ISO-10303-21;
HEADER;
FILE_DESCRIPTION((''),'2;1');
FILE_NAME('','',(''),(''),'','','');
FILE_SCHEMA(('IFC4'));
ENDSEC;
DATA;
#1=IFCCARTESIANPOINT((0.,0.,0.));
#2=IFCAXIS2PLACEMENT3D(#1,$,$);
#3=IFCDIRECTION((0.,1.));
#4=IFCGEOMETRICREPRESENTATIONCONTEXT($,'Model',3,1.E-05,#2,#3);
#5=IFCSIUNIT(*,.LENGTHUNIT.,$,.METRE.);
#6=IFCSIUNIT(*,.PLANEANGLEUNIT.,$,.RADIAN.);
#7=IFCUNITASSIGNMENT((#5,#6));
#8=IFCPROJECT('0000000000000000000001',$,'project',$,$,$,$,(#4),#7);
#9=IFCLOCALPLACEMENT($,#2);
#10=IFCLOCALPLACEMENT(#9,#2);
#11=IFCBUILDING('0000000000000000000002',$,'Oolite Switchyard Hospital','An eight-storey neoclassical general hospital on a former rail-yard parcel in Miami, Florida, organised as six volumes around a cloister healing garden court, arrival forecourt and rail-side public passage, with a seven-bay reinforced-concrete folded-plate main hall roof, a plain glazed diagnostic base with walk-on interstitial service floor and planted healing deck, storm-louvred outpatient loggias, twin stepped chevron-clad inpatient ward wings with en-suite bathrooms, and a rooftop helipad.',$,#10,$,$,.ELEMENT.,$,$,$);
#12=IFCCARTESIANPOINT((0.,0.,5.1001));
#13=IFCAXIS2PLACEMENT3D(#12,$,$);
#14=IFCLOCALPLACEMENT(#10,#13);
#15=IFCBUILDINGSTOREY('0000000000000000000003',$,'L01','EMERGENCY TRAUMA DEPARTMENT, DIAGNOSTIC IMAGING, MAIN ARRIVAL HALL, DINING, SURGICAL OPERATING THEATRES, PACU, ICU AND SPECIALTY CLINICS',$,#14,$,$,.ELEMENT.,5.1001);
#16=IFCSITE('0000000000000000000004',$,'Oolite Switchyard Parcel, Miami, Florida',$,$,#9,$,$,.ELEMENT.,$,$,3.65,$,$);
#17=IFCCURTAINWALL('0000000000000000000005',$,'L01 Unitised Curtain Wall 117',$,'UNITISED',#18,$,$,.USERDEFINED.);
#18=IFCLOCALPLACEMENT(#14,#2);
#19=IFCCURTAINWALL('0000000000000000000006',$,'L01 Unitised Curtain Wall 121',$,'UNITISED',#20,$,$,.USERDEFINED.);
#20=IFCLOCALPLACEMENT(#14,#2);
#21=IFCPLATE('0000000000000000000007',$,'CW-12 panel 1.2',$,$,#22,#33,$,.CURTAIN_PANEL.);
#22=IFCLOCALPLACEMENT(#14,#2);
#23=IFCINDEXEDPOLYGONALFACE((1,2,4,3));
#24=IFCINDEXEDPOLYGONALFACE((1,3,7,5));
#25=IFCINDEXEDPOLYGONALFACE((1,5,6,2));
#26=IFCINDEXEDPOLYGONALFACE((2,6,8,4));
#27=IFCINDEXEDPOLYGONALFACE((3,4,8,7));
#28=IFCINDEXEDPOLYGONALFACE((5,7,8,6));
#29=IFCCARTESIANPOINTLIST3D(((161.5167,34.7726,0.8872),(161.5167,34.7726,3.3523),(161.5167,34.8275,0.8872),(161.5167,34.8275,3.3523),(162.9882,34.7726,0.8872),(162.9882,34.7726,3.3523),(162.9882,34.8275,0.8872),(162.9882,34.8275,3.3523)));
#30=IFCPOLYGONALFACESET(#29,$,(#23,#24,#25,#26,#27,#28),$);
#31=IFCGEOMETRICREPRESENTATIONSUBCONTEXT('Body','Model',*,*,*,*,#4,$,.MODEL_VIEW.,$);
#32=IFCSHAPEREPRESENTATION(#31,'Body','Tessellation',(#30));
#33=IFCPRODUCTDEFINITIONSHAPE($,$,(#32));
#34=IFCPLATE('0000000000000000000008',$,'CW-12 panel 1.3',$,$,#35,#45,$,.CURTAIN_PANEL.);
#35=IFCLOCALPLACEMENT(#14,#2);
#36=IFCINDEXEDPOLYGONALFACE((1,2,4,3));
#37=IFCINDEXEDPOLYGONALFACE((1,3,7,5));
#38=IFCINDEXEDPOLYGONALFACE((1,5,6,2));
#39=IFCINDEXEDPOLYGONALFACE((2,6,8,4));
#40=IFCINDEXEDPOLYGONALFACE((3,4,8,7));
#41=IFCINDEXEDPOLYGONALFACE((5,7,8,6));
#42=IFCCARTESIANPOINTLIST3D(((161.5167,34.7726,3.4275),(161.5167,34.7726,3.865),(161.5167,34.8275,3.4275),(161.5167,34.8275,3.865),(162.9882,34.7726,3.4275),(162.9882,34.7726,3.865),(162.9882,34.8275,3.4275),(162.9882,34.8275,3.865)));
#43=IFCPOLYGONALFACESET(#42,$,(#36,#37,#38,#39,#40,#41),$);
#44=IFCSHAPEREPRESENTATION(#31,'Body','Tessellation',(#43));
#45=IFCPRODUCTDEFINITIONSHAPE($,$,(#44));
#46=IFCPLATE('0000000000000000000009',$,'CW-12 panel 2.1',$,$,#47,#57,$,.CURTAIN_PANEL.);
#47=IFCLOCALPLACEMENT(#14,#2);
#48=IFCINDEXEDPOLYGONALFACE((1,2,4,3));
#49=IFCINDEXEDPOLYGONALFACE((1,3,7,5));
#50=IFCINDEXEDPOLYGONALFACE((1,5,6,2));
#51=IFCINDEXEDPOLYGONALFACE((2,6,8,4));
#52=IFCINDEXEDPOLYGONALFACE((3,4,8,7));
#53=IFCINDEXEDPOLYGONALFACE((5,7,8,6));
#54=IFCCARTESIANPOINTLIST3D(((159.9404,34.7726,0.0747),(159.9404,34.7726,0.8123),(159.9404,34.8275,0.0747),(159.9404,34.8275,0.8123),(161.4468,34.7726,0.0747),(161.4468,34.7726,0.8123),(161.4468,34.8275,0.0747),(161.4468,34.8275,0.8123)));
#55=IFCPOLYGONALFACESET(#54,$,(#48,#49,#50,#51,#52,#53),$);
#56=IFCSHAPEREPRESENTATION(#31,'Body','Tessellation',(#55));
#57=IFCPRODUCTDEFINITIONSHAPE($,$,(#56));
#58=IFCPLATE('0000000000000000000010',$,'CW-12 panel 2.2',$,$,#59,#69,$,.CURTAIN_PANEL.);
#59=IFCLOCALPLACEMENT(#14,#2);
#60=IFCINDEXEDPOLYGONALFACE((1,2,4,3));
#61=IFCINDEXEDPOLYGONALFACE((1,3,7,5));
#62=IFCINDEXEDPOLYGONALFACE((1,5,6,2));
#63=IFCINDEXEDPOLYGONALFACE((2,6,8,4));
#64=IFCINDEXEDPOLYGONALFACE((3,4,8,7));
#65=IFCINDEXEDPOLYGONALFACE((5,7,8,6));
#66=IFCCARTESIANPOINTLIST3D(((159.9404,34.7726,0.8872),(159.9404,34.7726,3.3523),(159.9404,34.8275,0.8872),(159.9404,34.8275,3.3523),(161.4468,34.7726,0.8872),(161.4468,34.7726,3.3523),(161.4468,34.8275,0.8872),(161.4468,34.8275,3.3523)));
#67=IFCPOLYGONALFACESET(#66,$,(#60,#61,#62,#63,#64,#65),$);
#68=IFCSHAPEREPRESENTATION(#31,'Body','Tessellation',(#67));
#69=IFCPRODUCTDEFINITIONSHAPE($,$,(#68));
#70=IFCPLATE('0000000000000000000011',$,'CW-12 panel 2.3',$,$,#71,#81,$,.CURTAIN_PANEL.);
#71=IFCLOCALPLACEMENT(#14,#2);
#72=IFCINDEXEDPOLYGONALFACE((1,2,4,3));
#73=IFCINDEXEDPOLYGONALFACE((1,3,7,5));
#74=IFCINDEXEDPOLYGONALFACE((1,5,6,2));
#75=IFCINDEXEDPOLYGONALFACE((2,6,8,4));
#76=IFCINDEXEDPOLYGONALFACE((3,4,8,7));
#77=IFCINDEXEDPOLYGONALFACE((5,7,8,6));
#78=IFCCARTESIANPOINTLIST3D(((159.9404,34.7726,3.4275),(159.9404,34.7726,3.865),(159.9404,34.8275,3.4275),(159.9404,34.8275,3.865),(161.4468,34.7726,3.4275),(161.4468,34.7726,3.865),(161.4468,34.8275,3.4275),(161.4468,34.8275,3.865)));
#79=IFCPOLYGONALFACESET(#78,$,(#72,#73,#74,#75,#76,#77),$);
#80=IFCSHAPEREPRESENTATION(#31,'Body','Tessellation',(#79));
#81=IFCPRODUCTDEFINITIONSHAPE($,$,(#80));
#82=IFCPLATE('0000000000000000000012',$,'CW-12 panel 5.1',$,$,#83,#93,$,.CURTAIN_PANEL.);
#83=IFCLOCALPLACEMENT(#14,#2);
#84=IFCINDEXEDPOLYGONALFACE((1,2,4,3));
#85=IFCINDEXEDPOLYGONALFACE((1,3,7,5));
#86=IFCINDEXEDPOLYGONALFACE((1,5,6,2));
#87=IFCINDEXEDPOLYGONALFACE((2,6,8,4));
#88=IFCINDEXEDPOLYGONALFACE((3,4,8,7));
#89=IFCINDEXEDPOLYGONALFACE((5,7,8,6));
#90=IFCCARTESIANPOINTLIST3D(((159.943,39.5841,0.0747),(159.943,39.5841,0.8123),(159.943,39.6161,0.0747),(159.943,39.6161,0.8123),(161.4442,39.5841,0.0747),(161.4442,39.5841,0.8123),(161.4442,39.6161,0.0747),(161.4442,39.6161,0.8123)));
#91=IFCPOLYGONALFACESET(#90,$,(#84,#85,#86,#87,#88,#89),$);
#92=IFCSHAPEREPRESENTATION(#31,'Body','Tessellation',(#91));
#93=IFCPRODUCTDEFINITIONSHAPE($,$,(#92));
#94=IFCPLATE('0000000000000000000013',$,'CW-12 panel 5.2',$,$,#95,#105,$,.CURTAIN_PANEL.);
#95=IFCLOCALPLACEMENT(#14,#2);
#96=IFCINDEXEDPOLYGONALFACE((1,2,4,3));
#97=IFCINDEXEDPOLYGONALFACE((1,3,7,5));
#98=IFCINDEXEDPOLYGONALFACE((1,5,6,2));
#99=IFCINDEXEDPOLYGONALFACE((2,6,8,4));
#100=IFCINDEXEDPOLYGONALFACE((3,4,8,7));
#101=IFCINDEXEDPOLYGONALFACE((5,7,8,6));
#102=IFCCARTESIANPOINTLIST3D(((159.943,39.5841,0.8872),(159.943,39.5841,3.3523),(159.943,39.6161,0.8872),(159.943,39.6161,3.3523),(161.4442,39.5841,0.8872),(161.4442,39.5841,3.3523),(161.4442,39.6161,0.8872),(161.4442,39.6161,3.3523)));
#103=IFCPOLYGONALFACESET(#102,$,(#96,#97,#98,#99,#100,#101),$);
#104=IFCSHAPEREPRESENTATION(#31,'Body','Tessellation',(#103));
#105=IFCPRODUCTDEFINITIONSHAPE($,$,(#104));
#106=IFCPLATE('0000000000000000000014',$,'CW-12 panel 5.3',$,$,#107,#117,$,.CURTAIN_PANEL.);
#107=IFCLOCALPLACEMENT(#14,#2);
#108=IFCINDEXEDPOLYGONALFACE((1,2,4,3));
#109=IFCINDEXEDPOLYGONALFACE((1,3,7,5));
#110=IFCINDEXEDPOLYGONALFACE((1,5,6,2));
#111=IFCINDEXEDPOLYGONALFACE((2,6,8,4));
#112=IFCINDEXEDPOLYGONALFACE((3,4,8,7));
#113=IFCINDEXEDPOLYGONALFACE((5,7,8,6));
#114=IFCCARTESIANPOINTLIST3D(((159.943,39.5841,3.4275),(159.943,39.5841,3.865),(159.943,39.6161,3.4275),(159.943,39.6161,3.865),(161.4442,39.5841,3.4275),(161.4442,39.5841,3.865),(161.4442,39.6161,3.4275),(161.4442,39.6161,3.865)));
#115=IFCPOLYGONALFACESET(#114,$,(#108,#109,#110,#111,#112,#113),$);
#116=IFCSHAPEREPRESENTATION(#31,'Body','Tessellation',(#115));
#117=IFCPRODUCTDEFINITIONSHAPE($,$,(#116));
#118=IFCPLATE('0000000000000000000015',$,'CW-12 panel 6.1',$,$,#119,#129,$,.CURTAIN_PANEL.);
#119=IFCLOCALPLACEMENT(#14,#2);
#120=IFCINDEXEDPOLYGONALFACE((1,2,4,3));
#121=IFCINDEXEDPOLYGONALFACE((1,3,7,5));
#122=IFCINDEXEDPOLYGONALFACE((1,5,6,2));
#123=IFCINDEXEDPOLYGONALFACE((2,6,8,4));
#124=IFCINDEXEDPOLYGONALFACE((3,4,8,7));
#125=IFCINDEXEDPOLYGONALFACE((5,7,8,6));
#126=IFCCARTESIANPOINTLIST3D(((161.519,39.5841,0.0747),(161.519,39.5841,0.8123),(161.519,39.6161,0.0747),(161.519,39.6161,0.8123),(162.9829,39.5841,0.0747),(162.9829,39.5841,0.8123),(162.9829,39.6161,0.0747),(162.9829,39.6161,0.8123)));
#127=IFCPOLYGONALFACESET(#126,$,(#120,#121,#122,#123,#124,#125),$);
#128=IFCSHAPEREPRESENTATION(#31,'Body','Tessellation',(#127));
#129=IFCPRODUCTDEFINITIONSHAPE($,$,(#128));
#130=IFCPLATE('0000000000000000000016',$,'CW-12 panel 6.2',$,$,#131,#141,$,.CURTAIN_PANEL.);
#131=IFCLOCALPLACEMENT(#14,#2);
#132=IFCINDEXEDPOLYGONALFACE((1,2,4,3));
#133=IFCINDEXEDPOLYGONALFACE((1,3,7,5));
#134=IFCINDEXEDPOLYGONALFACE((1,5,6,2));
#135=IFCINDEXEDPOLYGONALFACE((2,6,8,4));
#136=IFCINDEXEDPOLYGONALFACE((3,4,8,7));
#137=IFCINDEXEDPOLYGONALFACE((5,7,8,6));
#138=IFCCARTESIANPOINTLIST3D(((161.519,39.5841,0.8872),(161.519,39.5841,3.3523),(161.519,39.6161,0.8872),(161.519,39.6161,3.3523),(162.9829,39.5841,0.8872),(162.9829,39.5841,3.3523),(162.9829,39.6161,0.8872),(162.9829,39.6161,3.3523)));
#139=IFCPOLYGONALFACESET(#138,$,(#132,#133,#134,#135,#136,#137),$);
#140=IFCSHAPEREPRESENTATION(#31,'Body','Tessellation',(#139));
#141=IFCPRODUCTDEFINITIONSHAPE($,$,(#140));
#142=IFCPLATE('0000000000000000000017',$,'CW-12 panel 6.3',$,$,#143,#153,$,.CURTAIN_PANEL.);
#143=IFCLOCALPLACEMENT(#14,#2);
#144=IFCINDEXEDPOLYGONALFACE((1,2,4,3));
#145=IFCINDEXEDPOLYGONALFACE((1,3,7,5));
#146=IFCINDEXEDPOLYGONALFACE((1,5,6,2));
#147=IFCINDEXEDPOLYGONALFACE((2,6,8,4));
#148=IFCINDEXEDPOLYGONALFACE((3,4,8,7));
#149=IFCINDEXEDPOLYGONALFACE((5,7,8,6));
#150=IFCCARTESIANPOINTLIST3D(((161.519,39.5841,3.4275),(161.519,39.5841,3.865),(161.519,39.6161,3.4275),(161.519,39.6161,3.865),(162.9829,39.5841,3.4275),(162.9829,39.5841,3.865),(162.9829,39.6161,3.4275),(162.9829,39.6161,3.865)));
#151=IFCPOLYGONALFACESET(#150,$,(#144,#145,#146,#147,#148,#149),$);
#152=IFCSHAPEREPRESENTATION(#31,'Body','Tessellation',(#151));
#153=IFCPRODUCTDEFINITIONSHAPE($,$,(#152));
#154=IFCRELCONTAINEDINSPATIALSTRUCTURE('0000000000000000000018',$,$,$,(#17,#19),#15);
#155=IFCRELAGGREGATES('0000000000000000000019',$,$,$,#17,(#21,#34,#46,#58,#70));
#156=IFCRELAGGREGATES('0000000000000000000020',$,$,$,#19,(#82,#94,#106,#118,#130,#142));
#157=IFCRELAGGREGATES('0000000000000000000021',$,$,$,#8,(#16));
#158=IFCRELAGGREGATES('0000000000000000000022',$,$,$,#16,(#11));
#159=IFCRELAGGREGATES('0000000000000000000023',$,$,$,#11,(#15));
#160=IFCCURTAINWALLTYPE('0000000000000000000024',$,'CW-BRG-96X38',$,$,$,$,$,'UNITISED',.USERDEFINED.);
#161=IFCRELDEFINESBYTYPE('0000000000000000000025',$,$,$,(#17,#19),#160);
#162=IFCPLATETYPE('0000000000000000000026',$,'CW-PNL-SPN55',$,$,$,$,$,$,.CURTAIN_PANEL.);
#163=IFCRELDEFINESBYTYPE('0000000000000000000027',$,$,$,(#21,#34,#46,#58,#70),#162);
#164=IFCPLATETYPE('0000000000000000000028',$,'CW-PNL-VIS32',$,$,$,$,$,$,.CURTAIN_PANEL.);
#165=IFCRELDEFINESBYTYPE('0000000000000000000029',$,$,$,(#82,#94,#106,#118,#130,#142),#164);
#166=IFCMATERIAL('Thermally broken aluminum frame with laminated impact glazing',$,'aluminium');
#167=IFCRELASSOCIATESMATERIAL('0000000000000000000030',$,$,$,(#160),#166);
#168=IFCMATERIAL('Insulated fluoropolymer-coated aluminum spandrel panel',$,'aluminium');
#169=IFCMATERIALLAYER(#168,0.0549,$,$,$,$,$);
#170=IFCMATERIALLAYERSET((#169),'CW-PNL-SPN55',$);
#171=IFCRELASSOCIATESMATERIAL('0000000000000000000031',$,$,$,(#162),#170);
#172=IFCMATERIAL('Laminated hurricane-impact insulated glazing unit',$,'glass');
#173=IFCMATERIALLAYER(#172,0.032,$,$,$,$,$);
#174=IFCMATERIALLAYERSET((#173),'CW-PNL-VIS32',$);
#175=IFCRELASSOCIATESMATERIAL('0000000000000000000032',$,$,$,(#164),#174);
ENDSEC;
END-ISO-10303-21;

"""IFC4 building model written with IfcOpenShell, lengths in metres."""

from ifc_helpers import new_model, si_unit, direction, frame, origin, origin_2d, place, context, subcontext, project, spatial, rectangle, extrude, material, layer, layer_set, type_object, element, aggregate, save


model = new_model("IFC4")

# Units and contexts
model_context = context("Model", 3, precision=1e-05, world=origin(), true_north=direction((0.0, 1.0)))
body_context = subcontext(model_context, "Body", "Model", "MODEL_VIEW")
ifc_project = project(units=[si_unit("LENGTHUNIT", "METRE"), si_unit("PLANEANGLEUNIT", "RADIAN")], contexts=[model_context])

# Site, building, storey
site_placement = place(None, origin())
site = spatial("IfcSite", under=ifc_project, at=site_placement, Name="Oolite Switchyard Parcel, Miami, Florida", CompositionType="ELEMENT", RefElevation=3.65)
building_placement = place(site_placement, origin())
building = spatial("IfcBuilding", under=site, at=building_placement, Name="Oolite Switchyard Hospital", Description="An eight-storey neoclassical general hospital on a former rail-yard parcel in Miami, Florida, organised as six volumes around a cloister healing garden court, arrival forecourt and rail-side public passage, with a seven-bay reinforced-concrete folded-plate main hall roof, a plain glazed diagnostic base with walk-on interstitial service floor and planted healing deck, storm-louvred outpatient loggias, twin stepped chevron-clad inpatient ward wings with en-suite bathrooms, and a rooftop helipad.", CompositionType="ELEMENT")
storey_placement = place(building_placement, frame((0.0, 0.0, 5.1001)))
storey = spatial("IfcBuildingStorey", under=building, at=storey_placement, Name="L01", Description="EMERGENCY TRAUMA DEPARTMENT, DIAGNOSTIC IMAGING, MAIN ARRIVAL HALL, DINING, SURGICAL OPERATING THEATRES, PACU, ICU AND SPECIALTY CLINICS", CompositionType="ELEMENT", Elevation=5.1001)

# Curtain walls
ifc_material_1 = material(Name="Thermally broken aluminum frame with laminated impact glazing", Category="aluminium")
curtain_wall_type = type_object("IfcCurtainWallType", Name="CW-BRG-96X38", ElementType="UNITISED", PredefinedType="USERDEFINED", material=ifc_material_1)
curtain_wall_1_placement = place(storey_placement, origin())
curtain_wall_1 = element("IfcCurtainWall", 1, at=curtain_wall_1_placement, inside=storey, type_object=curtain_wall_type, Name="L01 Unitised Curtain Wall 117", ObjectType="UNITISED", PredefinedType="USERDEFINED")
curtain_wall_2_placement = place(storey_placement, origin())
curtain_wall_2 = element("IfcCurtainWall", 2, at=curtain_wall_2_placement, inside=storey, type_object=curtain_wall_type, Name="L01 Unitised Curtain Wall 121", ObjectType="UNITISED", PredefinedType="USERDEFINED")

# Plates
ifc_material_2 = material(Name="Insulated fluoropolymer-coated aluminum spandrel panel", Category="aluminium")
ifc_layer_1 = layer(ifc_material_2, 0.0549)
ifc_layer_set_1 = layer_set([ifc_layer_1], Name="CW-PNL-SPN55")
plate_type_1 = type_object("IfcPlateType", Name="CW-PNL-SPN55", PredefinedType="CURTAIN_PANEL", material=ifc_layer_set_1)
plate_1_placement = place(storey_placement, frame((162.2524, 34.8, 0.8872), z_axis=(0.0, 0.0, 1.0), x_axis=(-1.0, 0.0, 0.0)))
plate_1 = element("IfcPlate", 3, at=plate_1_placement, type_object=plate_type_1, Name="CW-12 panel 1.2", PredefinedType="CURTAIN_PANEL", context=body_context, shape_type="SweptSolid", body=[
    extrude(rectangle(XDim=1.4714, YDim=0.0549, at=origin_2d()), origin(), (0.0, 0.0, 1.0), 2.4651),
])
plate_2_placement = place(storey_placement, frame((162.2524, 34.8, 3.4275), z_axis=(0.0, 0.0, 1.0), x_axis=(-1.0, 0.0, 0.0)))
plate_2 = element("IfcPlate", 4, at=plate_2_placement, type_object=plate_type_1, Name="CW-12 panel 1.3", PredefinedType="CURTAIN_PANEL", context=body_context, shape_type="SweptSolid", body=[
    extrude(rectangle(XDim=1.4714, YDim=0.0549, at=origin_2d()), origin(), (0.0, 0.0, 1.0), 0.4375),
])
plate_3_placement = place(storey_placement, frame((160.6936, 34.8, 0.0747), z_axis=(0.0, 0.0, 1.0), x_axis=(-1.0, 0.0, 0.0)))
plate_3 = element("IfcPlate", 5, at=plate_3_placement, type_object=plate_type_1, Name="CW-12 panel 2.1", PredefinedType="CURTAIN_PANEL", context=body_context, shape_type="SweptSolid", body=[
    extrude(rectangle(XDim=1.5063, YDim=0.0549, at=origin_2d()), origin(), (0.0, 0.0, 1.0), 0.7375),
])
plate_4_placement = place(storey_placement, frame((160.6936, 34.8, 0.8872), z_axis=(0.0, 0.0, 1.0), x_axis=(-1.0, 0.0, 0.0)))
plate_4 = element("IfcPlate", 6, at=plate_4_placement, type_object=plate_type_1, Name="CW-12 panel 2.2", PredefinedType="CURTAIN_PANEL", context=body_context, shape_type="SweptSolid", body=[
    extrude(rectangle(XDim=1.5063, YDim=0.0549, at=origin_2d()), origin(), (0.0, 0.0, 1.0), 2.4651),
])
plate_5_placement = place(storey_placement, frame((160.6936, 34.8, 3.4275), z_axis=(0.0, 0.0, 1.0), x_axis=(-1.0, 0.0, 0.0)))
plate_5 = element("IfcPlate", 7, at=plate_5_placement, type_object=plate_type_1, Name="CW-12 panel 2.3", PredefinedType="CURTAIN_PANEL", context=body_context, shape_type="SweptSolid", body=[
    extrude(rectangle(XDim=1.5063, YDim=0.0549, at=origin_2d()), origin(), (0.0, 0.0, 1.0), 0.4375),
])
aggregate(curtain_wall_1, [plate_1, plate_2, plate_3, plate_4, plate_5])
ifc_material_3 = material(Name="Laminated hurricane-impact insulated glazing unit", Category="glass")
ifc_layer_2 = layer(ifc_material_3, 0.032)
ifc_layer_set_2 = layer_set([ifc_layer_2], Name="CW-PNL-VIS32")
plate_type_2 = type_object("IfcPlateType", Name="CW-PNL-VIS32", PredefinedType="CURTAIN_PANEL", material=ifc_layer_set_2)
plate_6_placement = place(storey_placement, frame((160.6936, 39.6001, 0.0747), z_axis=(0.0, 0.0, 1.0), x_axis=(1.0, 0.0, 0.0)))
plate_6 = element("IfcPlate", 8, at=plate_6_placement, type_object=plate_type_2, Name="CW-12 panel 5.1", PredefinedType="CURTAIN_PANEL", context=body_context, shape_type="SweptSolid", body=[
    extrude(rectangle(XDim=1.5012, YDim=0.032, at=origin_2d()), origin(), (0.0, 0.0, 1.0), 0.7375),
])
plate_7_placement = place(storey_placement, frame((160.6936, 39.6001, 0.8872), z_axis=(0.0, 0.0, 1.0), x_axis=(1.0, 0.0, 0.0)))
plate_7 = element("IfcPlate", 9, at=plate_7_placement, type_object=plate_type_2, Name="CW-12 panel 5.2", PredefinedType="CURTAIN_PANEL", context=body_context, shape_type="SweptSolid", body=[
    extrude(rectangle(XDim=1.5012, YDim=0.032, at=origin_2d()), origin(), (0.0, 0.0, 1.0), 2.4651),
])
plate_8_placement = place(storey_placement, frame((160.6936, 39.6001, 3.4275), z_axis=(0.0, 0.0, 1.0), x_axis=(1.0, 0.0, 0.0)))
plate_8 = element("IfcPlate", 10, at=plate_8_placement, type_object=plate_type_2, Name="CW-12 panel 5.3", PredefinedType="CURTAIN_PANEL", context=body_context, shape_type="SweptSolid", body=[
    extrude(rectangle(XDim=1.5012, YDim=0.032, at=origin_2d()), origin(), (0.0, 0.0, 1.0), 0.4375),
])
plate_9_placement = place(storey_placement, frame((162.251, 39.6001, 0.0747), z_axis=(0.0, 0.0, 1.0), x_axis=(1.0, 0.0, 0.0)))
plate_9 = element("IfcPlate", 11, at=plate_9_placement, type_object=plate_type_2, Name="CW-12 panel 6.1", PredefinedType="CURTAIN_PANEL", context=body_context, shape_type="SweptSolid", body=[
    extrude(rectangle(XDim=1.4639, YDim=0.032, at=origin_2d()), origin(), (0.0, 0.0, 1.0), 0.7375),
])
plate_10_placement = place(storey_placement, frame((162.251, 39.6001, 0.8872), z_axis=(0.0, 0.0, 1.0), x_axis=(1.0, 0.0, 0.0)))
plate_10 = element("IfcPlate", 12, at=plate_10_placement, type_object=plate_type_2, Name="CW-12 panel 6.2", PredefinedType="CURTAIN_PANEL", context=body_context, shape_type="SweptSolid", body=[
    extrude(rectangle(XDim=1.4639, YDim=0.032, at=origin_2d()), origin(), (0.0, 0.0, 1.0), 2.4651),
])
plate_11_placement = place(storey_placement, frame((162.251, 39.6001, 3.4275), z_axis=(0.0, 0.0, 1.0), x_axis=(1.0, 0.0, 0.0)))
plate_11 = element("IfcPlate", 13, at=plate_11_placement, type_object=plate_type_2, Name="CW-12 panel 6.3", PredefinedType="CURTAIN_PANEL", context=body_context, shape_type="SweptSolid", body=[
    extrude(rectangle(XDim=1.4639, YDim=0.032, at=origin_2d()), origin(), (0.0, 0.0, 1.0), 0.4375),
])
aggregate(curtain_wall_2, [plate_6, plate_7, plate_8, plate_9, plate_10, plate_11])

save(model, "model.ifc")
